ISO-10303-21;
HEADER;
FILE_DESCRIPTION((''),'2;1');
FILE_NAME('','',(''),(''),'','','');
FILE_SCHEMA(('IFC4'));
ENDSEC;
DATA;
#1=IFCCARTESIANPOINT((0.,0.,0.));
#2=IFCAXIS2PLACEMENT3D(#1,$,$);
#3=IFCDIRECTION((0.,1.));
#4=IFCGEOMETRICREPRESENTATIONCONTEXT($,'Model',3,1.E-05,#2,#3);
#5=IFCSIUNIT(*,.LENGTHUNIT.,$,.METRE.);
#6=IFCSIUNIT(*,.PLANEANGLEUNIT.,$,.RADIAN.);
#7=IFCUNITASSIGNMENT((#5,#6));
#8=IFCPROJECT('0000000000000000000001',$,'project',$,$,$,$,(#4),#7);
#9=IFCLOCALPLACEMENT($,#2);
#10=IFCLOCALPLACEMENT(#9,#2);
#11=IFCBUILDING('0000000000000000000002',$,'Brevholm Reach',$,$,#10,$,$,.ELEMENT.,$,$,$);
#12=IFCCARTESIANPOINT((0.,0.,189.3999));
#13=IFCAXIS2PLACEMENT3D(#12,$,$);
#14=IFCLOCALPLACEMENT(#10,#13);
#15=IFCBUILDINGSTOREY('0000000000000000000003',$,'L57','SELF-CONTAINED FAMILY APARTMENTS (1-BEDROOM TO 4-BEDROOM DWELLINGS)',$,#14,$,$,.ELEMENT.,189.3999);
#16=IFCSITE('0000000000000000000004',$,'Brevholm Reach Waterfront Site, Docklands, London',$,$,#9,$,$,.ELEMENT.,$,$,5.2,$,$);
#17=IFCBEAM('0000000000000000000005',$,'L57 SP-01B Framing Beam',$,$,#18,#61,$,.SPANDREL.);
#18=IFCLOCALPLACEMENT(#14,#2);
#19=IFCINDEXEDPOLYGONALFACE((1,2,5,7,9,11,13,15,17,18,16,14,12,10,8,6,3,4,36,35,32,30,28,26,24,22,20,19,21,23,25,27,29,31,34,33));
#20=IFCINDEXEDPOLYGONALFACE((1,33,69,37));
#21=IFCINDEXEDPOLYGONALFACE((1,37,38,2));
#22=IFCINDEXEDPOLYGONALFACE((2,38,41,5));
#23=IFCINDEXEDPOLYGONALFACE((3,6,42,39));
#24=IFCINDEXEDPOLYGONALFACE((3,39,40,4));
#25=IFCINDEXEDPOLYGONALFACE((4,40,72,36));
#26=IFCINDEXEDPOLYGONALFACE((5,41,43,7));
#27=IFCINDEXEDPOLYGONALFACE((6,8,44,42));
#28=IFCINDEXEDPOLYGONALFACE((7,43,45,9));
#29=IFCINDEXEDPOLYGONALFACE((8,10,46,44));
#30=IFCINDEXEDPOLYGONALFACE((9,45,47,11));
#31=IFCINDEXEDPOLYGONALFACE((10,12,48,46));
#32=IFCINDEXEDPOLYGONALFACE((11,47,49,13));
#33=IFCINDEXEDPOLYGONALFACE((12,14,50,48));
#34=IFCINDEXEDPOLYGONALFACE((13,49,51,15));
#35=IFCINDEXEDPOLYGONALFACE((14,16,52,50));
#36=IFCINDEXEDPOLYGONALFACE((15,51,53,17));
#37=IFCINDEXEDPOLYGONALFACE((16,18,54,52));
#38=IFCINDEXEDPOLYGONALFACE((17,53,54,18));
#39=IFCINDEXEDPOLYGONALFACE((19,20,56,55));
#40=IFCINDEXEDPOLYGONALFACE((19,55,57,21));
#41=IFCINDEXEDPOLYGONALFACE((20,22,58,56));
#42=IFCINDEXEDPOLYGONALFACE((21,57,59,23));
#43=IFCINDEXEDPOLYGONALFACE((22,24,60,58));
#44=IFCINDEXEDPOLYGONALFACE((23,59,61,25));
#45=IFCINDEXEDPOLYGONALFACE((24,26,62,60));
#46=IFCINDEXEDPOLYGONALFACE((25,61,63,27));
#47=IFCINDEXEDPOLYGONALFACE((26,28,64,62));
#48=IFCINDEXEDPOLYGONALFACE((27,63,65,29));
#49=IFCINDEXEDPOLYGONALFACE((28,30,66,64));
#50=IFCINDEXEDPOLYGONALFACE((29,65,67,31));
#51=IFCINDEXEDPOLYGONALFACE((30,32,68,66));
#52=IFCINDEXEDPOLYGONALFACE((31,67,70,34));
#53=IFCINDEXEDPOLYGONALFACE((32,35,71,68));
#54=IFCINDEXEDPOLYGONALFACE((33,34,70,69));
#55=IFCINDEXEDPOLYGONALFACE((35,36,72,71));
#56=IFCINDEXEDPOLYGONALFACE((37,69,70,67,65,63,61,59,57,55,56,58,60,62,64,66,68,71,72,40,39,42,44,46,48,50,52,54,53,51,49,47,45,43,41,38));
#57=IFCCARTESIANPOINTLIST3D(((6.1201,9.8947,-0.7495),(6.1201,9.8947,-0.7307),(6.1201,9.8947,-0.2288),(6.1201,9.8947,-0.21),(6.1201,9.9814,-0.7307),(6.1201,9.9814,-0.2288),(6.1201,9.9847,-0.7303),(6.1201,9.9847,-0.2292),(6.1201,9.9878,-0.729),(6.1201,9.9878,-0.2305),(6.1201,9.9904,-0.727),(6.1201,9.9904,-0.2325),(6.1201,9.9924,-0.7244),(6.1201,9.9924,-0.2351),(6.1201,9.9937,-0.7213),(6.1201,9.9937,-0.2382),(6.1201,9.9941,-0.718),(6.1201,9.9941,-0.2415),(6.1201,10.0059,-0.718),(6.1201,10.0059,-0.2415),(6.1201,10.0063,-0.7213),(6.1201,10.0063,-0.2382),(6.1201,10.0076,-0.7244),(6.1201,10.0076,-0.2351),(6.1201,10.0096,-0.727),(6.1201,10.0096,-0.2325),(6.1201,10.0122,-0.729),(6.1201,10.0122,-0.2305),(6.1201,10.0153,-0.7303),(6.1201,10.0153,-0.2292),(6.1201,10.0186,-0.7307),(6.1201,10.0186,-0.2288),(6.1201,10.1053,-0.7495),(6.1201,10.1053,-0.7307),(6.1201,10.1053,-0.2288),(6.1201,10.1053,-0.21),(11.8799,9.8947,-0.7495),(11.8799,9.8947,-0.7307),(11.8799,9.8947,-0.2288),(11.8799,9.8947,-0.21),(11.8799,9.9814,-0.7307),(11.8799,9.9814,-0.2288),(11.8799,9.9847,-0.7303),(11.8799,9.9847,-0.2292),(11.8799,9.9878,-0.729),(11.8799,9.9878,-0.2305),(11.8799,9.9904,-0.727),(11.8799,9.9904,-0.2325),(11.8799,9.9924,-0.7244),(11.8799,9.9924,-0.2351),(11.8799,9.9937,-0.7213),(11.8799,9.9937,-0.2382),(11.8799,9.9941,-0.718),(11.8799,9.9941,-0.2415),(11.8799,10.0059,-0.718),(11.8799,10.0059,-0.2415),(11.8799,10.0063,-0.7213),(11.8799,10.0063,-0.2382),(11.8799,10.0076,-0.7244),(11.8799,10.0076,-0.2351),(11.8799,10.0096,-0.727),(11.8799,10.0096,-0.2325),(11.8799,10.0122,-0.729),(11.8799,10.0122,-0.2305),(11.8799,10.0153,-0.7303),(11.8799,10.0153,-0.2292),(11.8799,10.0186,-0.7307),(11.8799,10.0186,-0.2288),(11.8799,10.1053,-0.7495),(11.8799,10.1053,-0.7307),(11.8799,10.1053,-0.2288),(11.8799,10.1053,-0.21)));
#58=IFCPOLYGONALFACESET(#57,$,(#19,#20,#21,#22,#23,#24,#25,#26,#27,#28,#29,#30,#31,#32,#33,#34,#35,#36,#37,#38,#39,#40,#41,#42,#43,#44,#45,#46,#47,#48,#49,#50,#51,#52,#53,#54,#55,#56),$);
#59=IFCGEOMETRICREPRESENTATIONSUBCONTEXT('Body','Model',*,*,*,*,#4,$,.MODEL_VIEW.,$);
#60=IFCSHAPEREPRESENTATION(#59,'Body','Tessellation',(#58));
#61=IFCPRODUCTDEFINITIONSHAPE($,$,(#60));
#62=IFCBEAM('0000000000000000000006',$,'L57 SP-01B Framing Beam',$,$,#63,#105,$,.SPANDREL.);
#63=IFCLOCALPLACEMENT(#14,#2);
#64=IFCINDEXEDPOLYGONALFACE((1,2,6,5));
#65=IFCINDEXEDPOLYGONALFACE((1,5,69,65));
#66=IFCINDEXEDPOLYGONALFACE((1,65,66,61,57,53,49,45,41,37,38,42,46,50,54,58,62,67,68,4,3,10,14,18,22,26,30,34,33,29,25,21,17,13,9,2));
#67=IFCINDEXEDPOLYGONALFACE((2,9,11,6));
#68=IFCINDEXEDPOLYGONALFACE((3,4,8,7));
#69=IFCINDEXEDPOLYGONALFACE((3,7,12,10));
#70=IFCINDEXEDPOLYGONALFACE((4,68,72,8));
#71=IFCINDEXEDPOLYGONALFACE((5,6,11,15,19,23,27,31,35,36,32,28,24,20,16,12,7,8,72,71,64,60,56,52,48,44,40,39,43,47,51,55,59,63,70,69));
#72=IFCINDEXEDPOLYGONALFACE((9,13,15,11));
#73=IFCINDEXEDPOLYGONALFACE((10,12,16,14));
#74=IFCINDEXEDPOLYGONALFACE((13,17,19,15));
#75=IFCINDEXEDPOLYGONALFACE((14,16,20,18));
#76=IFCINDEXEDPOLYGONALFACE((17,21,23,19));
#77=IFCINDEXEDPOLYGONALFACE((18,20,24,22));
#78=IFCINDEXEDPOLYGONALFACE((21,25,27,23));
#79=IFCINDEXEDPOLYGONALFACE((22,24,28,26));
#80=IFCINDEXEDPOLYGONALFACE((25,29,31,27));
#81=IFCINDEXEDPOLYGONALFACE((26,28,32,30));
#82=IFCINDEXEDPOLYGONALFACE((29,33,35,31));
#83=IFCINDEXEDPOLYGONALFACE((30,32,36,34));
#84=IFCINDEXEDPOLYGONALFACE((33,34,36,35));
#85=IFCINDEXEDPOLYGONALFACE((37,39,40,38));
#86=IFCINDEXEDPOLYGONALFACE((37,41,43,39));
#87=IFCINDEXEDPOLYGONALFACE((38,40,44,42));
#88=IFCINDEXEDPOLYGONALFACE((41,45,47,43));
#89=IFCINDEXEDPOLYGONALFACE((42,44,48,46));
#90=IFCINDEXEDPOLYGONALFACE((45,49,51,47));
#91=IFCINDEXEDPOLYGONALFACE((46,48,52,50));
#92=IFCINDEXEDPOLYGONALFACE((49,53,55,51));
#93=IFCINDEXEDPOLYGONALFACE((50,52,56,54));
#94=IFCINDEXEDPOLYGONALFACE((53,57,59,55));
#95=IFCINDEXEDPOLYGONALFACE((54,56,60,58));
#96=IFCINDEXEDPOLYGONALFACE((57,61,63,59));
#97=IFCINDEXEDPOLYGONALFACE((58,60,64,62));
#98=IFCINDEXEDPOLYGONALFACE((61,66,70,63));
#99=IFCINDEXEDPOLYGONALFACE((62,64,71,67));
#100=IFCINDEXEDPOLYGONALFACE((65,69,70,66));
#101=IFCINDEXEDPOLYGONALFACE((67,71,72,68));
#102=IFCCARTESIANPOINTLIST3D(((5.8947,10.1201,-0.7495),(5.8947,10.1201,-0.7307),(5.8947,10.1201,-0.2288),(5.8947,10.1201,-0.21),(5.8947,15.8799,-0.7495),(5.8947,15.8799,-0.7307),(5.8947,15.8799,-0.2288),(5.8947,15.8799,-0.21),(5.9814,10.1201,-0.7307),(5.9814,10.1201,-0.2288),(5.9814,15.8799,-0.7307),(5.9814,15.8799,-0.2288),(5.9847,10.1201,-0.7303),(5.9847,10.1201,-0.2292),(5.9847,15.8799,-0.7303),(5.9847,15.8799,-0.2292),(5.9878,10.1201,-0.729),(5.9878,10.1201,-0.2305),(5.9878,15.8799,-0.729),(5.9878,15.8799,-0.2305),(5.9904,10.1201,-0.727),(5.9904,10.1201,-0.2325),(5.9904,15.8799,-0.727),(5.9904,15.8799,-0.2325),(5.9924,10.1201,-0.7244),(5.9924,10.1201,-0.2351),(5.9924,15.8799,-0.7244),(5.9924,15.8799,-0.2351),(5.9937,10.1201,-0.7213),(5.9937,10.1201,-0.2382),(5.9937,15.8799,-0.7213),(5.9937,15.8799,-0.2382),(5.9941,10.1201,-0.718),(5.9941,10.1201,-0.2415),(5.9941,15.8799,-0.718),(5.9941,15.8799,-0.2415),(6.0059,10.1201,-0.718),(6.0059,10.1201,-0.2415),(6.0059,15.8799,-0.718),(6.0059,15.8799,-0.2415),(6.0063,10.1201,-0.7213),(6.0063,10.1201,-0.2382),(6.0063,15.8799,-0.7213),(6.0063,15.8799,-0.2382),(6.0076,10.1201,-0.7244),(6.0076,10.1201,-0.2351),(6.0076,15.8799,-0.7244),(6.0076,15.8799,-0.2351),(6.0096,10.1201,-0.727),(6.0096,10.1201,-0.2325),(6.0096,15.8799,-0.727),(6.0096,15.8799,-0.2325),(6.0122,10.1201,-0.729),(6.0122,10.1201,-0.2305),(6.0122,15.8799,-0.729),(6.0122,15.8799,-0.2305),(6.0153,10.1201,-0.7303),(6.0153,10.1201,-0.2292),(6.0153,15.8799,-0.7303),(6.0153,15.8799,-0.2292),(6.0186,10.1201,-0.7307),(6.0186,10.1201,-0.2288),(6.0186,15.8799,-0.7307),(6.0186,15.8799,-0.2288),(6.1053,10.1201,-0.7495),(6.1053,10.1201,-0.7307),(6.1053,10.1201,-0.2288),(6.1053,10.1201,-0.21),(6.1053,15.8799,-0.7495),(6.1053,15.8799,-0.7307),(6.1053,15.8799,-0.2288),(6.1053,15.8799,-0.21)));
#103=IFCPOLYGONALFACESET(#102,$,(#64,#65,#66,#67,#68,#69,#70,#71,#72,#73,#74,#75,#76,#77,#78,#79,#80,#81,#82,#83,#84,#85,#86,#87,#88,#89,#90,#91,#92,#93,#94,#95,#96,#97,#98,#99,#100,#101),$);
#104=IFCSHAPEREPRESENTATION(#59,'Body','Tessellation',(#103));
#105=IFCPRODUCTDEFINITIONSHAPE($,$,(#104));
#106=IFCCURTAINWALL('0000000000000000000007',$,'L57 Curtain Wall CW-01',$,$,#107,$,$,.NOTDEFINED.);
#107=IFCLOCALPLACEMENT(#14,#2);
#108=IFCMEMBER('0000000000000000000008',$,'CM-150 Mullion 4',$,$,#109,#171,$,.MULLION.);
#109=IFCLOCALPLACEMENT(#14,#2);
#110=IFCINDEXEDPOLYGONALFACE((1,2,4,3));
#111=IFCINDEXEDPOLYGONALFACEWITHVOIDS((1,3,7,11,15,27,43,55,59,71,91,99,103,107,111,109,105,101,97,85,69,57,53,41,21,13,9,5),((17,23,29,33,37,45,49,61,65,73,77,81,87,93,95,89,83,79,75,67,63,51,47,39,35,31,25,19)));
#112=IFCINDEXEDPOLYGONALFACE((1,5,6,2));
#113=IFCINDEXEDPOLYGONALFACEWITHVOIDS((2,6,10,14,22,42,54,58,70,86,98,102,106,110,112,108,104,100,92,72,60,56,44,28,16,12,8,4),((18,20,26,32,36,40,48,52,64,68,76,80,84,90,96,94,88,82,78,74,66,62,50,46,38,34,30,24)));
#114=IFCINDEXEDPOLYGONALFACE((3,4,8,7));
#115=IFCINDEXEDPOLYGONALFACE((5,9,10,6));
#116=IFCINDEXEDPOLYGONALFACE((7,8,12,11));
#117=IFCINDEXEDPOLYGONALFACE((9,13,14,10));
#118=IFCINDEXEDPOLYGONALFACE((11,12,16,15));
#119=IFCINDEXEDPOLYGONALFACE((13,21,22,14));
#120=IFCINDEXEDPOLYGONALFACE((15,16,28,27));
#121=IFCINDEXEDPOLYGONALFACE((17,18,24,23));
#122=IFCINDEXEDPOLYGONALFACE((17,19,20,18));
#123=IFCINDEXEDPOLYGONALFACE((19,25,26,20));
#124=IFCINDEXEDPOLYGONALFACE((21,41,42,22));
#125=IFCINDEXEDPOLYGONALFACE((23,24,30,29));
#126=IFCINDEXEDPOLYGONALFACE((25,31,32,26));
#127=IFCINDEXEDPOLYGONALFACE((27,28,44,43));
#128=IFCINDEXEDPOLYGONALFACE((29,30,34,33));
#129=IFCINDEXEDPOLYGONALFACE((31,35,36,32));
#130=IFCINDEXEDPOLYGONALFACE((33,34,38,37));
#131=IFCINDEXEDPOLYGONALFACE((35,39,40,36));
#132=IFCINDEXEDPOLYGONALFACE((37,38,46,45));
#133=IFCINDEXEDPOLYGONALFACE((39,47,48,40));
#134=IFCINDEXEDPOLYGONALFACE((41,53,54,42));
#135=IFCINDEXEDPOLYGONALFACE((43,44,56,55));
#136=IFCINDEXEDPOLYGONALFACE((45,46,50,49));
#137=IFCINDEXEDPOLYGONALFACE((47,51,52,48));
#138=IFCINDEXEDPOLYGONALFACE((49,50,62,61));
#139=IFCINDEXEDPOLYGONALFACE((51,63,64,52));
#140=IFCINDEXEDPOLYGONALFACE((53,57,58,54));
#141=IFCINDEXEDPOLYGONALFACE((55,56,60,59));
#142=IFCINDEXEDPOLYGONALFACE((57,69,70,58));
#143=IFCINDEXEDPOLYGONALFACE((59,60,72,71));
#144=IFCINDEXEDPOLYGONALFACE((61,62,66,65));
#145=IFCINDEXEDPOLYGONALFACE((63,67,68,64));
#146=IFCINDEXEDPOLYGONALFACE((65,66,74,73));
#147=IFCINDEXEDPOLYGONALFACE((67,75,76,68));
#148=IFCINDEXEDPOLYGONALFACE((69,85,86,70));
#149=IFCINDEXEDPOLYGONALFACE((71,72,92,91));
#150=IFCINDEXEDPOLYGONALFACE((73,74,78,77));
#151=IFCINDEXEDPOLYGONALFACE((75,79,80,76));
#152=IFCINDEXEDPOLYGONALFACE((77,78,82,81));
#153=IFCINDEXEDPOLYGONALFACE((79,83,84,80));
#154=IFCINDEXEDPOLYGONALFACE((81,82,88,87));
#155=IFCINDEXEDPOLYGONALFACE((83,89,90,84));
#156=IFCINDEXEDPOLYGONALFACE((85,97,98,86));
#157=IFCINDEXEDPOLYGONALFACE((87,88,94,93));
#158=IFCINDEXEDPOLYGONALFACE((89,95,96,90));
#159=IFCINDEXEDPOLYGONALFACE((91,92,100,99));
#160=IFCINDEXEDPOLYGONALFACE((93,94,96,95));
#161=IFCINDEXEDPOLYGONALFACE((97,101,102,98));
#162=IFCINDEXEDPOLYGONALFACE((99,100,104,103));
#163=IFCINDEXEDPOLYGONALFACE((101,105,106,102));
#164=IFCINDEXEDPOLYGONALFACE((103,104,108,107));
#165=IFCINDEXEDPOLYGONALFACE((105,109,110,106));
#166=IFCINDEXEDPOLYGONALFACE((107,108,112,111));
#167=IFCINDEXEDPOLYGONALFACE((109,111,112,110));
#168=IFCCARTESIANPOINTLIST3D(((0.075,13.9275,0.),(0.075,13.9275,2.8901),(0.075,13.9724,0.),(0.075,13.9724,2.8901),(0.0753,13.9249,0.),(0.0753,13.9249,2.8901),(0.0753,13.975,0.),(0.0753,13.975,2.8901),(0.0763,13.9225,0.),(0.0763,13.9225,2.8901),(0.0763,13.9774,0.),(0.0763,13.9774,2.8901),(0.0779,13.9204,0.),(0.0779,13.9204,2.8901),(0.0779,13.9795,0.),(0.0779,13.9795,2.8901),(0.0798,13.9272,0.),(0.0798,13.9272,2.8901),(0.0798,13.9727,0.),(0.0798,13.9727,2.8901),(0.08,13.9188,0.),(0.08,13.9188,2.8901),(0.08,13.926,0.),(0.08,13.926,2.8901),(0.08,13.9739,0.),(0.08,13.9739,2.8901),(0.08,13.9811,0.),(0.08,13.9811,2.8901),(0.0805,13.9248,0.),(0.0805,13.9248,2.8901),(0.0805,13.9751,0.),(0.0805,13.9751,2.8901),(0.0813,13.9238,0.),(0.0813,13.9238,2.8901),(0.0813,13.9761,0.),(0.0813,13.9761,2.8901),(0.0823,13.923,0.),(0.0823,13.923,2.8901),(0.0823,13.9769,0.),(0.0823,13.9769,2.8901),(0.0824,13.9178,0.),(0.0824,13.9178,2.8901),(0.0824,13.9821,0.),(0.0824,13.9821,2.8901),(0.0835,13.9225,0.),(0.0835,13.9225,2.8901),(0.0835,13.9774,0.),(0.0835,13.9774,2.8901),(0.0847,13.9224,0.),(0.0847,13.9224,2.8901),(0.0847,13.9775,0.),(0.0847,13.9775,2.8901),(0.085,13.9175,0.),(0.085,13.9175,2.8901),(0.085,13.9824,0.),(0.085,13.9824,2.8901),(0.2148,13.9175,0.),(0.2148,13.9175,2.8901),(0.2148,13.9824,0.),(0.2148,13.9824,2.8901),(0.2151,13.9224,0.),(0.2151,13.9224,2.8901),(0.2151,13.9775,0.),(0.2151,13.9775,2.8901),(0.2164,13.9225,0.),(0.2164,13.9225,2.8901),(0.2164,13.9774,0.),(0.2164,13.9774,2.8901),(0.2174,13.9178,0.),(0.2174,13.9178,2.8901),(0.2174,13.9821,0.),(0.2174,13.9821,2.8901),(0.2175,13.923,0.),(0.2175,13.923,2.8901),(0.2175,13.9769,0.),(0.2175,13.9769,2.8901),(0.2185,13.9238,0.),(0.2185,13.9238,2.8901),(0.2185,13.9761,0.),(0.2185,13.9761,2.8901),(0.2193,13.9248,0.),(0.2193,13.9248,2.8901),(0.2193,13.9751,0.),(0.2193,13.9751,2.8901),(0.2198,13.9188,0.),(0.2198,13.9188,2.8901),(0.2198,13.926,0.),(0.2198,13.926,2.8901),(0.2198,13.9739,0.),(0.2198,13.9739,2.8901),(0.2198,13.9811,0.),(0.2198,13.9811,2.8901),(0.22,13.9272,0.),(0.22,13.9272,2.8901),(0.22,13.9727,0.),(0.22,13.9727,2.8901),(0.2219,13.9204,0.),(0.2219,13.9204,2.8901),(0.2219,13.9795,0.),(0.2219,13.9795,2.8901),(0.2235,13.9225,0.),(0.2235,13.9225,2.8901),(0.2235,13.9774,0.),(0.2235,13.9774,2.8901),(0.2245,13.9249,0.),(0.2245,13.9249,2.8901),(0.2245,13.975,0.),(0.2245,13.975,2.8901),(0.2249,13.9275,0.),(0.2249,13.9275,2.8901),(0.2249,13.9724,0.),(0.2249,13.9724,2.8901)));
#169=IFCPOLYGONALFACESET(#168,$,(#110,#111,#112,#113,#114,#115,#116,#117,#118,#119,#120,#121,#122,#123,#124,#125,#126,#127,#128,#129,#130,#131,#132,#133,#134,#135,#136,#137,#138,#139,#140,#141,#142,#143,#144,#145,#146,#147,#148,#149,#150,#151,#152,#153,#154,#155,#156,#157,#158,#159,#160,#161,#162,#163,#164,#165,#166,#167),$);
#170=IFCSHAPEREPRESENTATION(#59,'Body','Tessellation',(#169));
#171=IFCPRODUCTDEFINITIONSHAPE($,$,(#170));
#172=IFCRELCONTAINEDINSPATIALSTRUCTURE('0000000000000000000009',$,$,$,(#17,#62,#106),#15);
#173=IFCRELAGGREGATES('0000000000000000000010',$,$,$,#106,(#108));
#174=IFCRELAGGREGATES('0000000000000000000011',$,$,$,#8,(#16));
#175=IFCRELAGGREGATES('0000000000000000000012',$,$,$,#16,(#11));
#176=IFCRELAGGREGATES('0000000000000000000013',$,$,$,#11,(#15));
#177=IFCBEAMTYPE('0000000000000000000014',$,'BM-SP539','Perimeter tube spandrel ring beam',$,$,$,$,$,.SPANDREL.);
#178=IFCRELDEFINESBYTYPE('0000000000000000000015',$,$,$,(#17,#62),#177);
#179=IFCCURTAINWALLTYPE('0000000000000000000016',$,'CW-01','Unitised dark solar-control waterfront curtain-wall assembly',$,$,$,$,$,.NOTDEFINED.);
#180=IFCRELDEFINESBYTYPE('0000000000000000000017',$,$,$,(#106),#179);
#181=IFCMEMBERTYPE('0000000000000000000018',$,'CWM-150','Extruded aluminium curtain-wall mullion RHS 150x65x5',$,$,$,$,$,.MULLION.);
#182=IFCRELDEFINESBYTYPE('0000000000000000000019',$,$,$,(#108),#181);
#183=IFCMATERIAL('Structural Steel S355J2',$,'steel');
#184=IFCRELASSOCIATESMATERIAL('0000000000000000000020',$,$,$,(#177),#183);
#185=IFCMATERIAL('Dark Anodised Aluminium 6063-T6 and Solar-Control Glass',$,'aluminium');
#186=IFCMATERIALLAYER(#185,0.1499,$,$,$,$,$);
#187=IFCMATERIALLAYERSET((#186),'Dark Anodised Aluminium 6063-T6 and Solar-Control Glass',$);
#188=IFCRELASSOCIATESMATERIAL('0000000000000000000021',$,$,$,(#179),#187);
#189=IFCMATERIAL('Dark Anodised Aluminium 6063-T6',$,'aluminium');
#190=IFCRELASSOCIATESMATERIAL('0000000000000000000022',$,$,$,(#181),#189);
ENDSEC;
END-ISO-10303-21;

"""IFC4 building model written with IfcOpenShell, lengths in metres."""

from ifc_helpers import new_model, si_unit, direction, frame, origin, origin_2d, place, context, subcontext, project, spatial, hollow_rectangle, i_section, extrude, material, layer, layer_set, material_profile, profile_set, type_object, element, aggregate, save


model = new_model("IFC4")

# Units and contexts
model_context = context("Model", 3, precision=1e-05, world=origin(), true_north=direction((0.0, 1.0)))
body_context = subcontext(model_context, "Body", "Model", "MODEL_VIEW")
ifc_project = project(units=[si_unit("LENGTHUNIT", "METRE"), si_unit("PLANEANGLEUNIT", "RADIAN")], contexts=[model_context])

# Site, building, storey
site_placement = place(None, origin())
site = spatial("IfcSite", under=ifc_project, at=site_placement, Name="Brevholm Reach Waterfront Site, Docklands, London", CompositionType="ELEMENT", RefElevation=5.2)
building_placement = place(site_placement, origin())
building = spatial("IfcBuilding", under=site, at=building_placement, Name="Brevholm Reach", CompositionType="ELEMENT")
storey_placement = place(building_placement, frame((0.0, 0.0, 189.3999)))
storey = spatial("IfcBuildingStorey", under=building, at=storey_placement, Name="L57", Description="SELF-CONTAINED FAMILY APARTMENTS (1-BEDROOM TO 4-BEDROOM DWELLINGS)", CompositionType="ELEMENT", Elevation=189.3999)

# Beams
ifc_material_1 = material(Name="Structural Steel S355J2", Category="steel")
ifc_material_profile_1 = material_profile(ifc_material_1, i_section(OverallWidth=0.2107, OverallDepth=0.5396, WebThickness=0.0117, FlangeThickness=0.0188, FilletRadius=0.0127, at=origin_2d()), Name="UKB 533x210x109")
ifc_profile_set_1 = profile_set([ifc_material_profile_1], Name="Structural Steel S355J2")
beam_type_1 = type_object("IfcBeamType", Name="BM-SP539", Description="Perimeter tube spandrel ring beam", PredefinedType="SPANDREL", material=ifc_profile_set_1)
for number, where, z_axis, x_axis, name in (
    (1, (6.1201, 10.0, -0.4797), (1.0, 0.0, 0.0), (0.0, 1.0, 0.0), "L57 SP-01B Framing Beam"),
    (2, (6.0, 10.1201, -0.4797), (0.0, 1.0, 0.0), (-1.0, 0.0, 0.0), "L57 SP-01B Framing Beam"),
):
    element("IfcBeam", number, at=place(storey_placement, frame(where, z_axis=z_axis, x_axis=x_axis)), inside=storey, type_object=beam_type_1, Name=name, PredefinedType="SPANDREL", context=body_context, shape_type="SweptSolid", body=[
        extrude(i_section(OverallWidth=0.2107, OverallDepth=0.5396, WebThickness=0.0117, FlangeThickness=0.0188, FilletRadius=0.0127, at=origin_2d()), origin(), (0.0, 0.0, 1.0), 5.7598),
    ])

# Curtain wall, member
ifc_material_2 = material(Name="Dark Anodised Aluminium 6063-T6 and Solar-Control Glass", Category="aluminium")
ifc_layer_1 = layer(ifc_material_2, 0.1499)
ifc_layer_set_1 = layer_set([ifc_layer_1], Name="Dark Anodised Aluminium 6063-T6 and Solar-Control Glass")
curtain_wall_type = type_object("IfcCurtainWallType", Name="CW-01", Description="Unitised dark solar-control waterfront curtain-wall assembly", PredefinedType="NOTDEFINED", material=ifc_layer_set_1)
curtain_wall_placement = place(storey_placement, origin())
curtain_wall = element("IfcCurtainWall", 3, at=curtain_wall_placement, inside=storey, type_object=curtain_wall_type, Name="L57 Curtain Wall CW-01", PredefinedType="NOTDEFINED")
ifc_material_3 = material(Name="Dark Anodised Aluminium 6063-T6", Category="aluminium")
ifc_material_profile_2 = material_profile(ifc_material_3, hollow_rectangle(XDim=0.0649, YDim=0.1499, WallThickness=0.0049, InnerFilletRadius=0.0049, OuterFilletRadius=0.01, at=origin_2d()), Name="RHS 150x65x5")
ifc_profile_set_2 = profile_set([ifc_material_profile_2], Name="Dark Anodised Aluminium 6063-T6")
member_type_1 = type_object("IfcMemberType", Name="CWM-150", Description="Extruded aluminium curtain-wall mullion RHS 150x65x5", PredefinedType="MULLION", material=ifc_profile_set_2)
member_1_placement = place(storey_placement, frame((0.1499, 13.95, 0.0), z_axis=(0.0, 0.0, 1.0), x_axis=(0.0, -1.0, 0.0)))
member_1 = element("IfcMember", 4, at=member_1_placement, type_object=member_type_1, Name="CM-150 Mullion 4", PredefinedType="MULLION", context=body_context, shape_type="SweptSolid", body=[
    extrude(hollow_rectangle(XDim=0.0649, YDim=0.1499, WallThickness=0.0049, InnerFilletRadius=0.0049, OuterFilletRadius=0.01, at=origin_2d()), origin(), (0.0, 0.0, 1.0), 2.8901),
])
aggregate(curtain_wall, [member_1])

save(model, "model.ifc")
